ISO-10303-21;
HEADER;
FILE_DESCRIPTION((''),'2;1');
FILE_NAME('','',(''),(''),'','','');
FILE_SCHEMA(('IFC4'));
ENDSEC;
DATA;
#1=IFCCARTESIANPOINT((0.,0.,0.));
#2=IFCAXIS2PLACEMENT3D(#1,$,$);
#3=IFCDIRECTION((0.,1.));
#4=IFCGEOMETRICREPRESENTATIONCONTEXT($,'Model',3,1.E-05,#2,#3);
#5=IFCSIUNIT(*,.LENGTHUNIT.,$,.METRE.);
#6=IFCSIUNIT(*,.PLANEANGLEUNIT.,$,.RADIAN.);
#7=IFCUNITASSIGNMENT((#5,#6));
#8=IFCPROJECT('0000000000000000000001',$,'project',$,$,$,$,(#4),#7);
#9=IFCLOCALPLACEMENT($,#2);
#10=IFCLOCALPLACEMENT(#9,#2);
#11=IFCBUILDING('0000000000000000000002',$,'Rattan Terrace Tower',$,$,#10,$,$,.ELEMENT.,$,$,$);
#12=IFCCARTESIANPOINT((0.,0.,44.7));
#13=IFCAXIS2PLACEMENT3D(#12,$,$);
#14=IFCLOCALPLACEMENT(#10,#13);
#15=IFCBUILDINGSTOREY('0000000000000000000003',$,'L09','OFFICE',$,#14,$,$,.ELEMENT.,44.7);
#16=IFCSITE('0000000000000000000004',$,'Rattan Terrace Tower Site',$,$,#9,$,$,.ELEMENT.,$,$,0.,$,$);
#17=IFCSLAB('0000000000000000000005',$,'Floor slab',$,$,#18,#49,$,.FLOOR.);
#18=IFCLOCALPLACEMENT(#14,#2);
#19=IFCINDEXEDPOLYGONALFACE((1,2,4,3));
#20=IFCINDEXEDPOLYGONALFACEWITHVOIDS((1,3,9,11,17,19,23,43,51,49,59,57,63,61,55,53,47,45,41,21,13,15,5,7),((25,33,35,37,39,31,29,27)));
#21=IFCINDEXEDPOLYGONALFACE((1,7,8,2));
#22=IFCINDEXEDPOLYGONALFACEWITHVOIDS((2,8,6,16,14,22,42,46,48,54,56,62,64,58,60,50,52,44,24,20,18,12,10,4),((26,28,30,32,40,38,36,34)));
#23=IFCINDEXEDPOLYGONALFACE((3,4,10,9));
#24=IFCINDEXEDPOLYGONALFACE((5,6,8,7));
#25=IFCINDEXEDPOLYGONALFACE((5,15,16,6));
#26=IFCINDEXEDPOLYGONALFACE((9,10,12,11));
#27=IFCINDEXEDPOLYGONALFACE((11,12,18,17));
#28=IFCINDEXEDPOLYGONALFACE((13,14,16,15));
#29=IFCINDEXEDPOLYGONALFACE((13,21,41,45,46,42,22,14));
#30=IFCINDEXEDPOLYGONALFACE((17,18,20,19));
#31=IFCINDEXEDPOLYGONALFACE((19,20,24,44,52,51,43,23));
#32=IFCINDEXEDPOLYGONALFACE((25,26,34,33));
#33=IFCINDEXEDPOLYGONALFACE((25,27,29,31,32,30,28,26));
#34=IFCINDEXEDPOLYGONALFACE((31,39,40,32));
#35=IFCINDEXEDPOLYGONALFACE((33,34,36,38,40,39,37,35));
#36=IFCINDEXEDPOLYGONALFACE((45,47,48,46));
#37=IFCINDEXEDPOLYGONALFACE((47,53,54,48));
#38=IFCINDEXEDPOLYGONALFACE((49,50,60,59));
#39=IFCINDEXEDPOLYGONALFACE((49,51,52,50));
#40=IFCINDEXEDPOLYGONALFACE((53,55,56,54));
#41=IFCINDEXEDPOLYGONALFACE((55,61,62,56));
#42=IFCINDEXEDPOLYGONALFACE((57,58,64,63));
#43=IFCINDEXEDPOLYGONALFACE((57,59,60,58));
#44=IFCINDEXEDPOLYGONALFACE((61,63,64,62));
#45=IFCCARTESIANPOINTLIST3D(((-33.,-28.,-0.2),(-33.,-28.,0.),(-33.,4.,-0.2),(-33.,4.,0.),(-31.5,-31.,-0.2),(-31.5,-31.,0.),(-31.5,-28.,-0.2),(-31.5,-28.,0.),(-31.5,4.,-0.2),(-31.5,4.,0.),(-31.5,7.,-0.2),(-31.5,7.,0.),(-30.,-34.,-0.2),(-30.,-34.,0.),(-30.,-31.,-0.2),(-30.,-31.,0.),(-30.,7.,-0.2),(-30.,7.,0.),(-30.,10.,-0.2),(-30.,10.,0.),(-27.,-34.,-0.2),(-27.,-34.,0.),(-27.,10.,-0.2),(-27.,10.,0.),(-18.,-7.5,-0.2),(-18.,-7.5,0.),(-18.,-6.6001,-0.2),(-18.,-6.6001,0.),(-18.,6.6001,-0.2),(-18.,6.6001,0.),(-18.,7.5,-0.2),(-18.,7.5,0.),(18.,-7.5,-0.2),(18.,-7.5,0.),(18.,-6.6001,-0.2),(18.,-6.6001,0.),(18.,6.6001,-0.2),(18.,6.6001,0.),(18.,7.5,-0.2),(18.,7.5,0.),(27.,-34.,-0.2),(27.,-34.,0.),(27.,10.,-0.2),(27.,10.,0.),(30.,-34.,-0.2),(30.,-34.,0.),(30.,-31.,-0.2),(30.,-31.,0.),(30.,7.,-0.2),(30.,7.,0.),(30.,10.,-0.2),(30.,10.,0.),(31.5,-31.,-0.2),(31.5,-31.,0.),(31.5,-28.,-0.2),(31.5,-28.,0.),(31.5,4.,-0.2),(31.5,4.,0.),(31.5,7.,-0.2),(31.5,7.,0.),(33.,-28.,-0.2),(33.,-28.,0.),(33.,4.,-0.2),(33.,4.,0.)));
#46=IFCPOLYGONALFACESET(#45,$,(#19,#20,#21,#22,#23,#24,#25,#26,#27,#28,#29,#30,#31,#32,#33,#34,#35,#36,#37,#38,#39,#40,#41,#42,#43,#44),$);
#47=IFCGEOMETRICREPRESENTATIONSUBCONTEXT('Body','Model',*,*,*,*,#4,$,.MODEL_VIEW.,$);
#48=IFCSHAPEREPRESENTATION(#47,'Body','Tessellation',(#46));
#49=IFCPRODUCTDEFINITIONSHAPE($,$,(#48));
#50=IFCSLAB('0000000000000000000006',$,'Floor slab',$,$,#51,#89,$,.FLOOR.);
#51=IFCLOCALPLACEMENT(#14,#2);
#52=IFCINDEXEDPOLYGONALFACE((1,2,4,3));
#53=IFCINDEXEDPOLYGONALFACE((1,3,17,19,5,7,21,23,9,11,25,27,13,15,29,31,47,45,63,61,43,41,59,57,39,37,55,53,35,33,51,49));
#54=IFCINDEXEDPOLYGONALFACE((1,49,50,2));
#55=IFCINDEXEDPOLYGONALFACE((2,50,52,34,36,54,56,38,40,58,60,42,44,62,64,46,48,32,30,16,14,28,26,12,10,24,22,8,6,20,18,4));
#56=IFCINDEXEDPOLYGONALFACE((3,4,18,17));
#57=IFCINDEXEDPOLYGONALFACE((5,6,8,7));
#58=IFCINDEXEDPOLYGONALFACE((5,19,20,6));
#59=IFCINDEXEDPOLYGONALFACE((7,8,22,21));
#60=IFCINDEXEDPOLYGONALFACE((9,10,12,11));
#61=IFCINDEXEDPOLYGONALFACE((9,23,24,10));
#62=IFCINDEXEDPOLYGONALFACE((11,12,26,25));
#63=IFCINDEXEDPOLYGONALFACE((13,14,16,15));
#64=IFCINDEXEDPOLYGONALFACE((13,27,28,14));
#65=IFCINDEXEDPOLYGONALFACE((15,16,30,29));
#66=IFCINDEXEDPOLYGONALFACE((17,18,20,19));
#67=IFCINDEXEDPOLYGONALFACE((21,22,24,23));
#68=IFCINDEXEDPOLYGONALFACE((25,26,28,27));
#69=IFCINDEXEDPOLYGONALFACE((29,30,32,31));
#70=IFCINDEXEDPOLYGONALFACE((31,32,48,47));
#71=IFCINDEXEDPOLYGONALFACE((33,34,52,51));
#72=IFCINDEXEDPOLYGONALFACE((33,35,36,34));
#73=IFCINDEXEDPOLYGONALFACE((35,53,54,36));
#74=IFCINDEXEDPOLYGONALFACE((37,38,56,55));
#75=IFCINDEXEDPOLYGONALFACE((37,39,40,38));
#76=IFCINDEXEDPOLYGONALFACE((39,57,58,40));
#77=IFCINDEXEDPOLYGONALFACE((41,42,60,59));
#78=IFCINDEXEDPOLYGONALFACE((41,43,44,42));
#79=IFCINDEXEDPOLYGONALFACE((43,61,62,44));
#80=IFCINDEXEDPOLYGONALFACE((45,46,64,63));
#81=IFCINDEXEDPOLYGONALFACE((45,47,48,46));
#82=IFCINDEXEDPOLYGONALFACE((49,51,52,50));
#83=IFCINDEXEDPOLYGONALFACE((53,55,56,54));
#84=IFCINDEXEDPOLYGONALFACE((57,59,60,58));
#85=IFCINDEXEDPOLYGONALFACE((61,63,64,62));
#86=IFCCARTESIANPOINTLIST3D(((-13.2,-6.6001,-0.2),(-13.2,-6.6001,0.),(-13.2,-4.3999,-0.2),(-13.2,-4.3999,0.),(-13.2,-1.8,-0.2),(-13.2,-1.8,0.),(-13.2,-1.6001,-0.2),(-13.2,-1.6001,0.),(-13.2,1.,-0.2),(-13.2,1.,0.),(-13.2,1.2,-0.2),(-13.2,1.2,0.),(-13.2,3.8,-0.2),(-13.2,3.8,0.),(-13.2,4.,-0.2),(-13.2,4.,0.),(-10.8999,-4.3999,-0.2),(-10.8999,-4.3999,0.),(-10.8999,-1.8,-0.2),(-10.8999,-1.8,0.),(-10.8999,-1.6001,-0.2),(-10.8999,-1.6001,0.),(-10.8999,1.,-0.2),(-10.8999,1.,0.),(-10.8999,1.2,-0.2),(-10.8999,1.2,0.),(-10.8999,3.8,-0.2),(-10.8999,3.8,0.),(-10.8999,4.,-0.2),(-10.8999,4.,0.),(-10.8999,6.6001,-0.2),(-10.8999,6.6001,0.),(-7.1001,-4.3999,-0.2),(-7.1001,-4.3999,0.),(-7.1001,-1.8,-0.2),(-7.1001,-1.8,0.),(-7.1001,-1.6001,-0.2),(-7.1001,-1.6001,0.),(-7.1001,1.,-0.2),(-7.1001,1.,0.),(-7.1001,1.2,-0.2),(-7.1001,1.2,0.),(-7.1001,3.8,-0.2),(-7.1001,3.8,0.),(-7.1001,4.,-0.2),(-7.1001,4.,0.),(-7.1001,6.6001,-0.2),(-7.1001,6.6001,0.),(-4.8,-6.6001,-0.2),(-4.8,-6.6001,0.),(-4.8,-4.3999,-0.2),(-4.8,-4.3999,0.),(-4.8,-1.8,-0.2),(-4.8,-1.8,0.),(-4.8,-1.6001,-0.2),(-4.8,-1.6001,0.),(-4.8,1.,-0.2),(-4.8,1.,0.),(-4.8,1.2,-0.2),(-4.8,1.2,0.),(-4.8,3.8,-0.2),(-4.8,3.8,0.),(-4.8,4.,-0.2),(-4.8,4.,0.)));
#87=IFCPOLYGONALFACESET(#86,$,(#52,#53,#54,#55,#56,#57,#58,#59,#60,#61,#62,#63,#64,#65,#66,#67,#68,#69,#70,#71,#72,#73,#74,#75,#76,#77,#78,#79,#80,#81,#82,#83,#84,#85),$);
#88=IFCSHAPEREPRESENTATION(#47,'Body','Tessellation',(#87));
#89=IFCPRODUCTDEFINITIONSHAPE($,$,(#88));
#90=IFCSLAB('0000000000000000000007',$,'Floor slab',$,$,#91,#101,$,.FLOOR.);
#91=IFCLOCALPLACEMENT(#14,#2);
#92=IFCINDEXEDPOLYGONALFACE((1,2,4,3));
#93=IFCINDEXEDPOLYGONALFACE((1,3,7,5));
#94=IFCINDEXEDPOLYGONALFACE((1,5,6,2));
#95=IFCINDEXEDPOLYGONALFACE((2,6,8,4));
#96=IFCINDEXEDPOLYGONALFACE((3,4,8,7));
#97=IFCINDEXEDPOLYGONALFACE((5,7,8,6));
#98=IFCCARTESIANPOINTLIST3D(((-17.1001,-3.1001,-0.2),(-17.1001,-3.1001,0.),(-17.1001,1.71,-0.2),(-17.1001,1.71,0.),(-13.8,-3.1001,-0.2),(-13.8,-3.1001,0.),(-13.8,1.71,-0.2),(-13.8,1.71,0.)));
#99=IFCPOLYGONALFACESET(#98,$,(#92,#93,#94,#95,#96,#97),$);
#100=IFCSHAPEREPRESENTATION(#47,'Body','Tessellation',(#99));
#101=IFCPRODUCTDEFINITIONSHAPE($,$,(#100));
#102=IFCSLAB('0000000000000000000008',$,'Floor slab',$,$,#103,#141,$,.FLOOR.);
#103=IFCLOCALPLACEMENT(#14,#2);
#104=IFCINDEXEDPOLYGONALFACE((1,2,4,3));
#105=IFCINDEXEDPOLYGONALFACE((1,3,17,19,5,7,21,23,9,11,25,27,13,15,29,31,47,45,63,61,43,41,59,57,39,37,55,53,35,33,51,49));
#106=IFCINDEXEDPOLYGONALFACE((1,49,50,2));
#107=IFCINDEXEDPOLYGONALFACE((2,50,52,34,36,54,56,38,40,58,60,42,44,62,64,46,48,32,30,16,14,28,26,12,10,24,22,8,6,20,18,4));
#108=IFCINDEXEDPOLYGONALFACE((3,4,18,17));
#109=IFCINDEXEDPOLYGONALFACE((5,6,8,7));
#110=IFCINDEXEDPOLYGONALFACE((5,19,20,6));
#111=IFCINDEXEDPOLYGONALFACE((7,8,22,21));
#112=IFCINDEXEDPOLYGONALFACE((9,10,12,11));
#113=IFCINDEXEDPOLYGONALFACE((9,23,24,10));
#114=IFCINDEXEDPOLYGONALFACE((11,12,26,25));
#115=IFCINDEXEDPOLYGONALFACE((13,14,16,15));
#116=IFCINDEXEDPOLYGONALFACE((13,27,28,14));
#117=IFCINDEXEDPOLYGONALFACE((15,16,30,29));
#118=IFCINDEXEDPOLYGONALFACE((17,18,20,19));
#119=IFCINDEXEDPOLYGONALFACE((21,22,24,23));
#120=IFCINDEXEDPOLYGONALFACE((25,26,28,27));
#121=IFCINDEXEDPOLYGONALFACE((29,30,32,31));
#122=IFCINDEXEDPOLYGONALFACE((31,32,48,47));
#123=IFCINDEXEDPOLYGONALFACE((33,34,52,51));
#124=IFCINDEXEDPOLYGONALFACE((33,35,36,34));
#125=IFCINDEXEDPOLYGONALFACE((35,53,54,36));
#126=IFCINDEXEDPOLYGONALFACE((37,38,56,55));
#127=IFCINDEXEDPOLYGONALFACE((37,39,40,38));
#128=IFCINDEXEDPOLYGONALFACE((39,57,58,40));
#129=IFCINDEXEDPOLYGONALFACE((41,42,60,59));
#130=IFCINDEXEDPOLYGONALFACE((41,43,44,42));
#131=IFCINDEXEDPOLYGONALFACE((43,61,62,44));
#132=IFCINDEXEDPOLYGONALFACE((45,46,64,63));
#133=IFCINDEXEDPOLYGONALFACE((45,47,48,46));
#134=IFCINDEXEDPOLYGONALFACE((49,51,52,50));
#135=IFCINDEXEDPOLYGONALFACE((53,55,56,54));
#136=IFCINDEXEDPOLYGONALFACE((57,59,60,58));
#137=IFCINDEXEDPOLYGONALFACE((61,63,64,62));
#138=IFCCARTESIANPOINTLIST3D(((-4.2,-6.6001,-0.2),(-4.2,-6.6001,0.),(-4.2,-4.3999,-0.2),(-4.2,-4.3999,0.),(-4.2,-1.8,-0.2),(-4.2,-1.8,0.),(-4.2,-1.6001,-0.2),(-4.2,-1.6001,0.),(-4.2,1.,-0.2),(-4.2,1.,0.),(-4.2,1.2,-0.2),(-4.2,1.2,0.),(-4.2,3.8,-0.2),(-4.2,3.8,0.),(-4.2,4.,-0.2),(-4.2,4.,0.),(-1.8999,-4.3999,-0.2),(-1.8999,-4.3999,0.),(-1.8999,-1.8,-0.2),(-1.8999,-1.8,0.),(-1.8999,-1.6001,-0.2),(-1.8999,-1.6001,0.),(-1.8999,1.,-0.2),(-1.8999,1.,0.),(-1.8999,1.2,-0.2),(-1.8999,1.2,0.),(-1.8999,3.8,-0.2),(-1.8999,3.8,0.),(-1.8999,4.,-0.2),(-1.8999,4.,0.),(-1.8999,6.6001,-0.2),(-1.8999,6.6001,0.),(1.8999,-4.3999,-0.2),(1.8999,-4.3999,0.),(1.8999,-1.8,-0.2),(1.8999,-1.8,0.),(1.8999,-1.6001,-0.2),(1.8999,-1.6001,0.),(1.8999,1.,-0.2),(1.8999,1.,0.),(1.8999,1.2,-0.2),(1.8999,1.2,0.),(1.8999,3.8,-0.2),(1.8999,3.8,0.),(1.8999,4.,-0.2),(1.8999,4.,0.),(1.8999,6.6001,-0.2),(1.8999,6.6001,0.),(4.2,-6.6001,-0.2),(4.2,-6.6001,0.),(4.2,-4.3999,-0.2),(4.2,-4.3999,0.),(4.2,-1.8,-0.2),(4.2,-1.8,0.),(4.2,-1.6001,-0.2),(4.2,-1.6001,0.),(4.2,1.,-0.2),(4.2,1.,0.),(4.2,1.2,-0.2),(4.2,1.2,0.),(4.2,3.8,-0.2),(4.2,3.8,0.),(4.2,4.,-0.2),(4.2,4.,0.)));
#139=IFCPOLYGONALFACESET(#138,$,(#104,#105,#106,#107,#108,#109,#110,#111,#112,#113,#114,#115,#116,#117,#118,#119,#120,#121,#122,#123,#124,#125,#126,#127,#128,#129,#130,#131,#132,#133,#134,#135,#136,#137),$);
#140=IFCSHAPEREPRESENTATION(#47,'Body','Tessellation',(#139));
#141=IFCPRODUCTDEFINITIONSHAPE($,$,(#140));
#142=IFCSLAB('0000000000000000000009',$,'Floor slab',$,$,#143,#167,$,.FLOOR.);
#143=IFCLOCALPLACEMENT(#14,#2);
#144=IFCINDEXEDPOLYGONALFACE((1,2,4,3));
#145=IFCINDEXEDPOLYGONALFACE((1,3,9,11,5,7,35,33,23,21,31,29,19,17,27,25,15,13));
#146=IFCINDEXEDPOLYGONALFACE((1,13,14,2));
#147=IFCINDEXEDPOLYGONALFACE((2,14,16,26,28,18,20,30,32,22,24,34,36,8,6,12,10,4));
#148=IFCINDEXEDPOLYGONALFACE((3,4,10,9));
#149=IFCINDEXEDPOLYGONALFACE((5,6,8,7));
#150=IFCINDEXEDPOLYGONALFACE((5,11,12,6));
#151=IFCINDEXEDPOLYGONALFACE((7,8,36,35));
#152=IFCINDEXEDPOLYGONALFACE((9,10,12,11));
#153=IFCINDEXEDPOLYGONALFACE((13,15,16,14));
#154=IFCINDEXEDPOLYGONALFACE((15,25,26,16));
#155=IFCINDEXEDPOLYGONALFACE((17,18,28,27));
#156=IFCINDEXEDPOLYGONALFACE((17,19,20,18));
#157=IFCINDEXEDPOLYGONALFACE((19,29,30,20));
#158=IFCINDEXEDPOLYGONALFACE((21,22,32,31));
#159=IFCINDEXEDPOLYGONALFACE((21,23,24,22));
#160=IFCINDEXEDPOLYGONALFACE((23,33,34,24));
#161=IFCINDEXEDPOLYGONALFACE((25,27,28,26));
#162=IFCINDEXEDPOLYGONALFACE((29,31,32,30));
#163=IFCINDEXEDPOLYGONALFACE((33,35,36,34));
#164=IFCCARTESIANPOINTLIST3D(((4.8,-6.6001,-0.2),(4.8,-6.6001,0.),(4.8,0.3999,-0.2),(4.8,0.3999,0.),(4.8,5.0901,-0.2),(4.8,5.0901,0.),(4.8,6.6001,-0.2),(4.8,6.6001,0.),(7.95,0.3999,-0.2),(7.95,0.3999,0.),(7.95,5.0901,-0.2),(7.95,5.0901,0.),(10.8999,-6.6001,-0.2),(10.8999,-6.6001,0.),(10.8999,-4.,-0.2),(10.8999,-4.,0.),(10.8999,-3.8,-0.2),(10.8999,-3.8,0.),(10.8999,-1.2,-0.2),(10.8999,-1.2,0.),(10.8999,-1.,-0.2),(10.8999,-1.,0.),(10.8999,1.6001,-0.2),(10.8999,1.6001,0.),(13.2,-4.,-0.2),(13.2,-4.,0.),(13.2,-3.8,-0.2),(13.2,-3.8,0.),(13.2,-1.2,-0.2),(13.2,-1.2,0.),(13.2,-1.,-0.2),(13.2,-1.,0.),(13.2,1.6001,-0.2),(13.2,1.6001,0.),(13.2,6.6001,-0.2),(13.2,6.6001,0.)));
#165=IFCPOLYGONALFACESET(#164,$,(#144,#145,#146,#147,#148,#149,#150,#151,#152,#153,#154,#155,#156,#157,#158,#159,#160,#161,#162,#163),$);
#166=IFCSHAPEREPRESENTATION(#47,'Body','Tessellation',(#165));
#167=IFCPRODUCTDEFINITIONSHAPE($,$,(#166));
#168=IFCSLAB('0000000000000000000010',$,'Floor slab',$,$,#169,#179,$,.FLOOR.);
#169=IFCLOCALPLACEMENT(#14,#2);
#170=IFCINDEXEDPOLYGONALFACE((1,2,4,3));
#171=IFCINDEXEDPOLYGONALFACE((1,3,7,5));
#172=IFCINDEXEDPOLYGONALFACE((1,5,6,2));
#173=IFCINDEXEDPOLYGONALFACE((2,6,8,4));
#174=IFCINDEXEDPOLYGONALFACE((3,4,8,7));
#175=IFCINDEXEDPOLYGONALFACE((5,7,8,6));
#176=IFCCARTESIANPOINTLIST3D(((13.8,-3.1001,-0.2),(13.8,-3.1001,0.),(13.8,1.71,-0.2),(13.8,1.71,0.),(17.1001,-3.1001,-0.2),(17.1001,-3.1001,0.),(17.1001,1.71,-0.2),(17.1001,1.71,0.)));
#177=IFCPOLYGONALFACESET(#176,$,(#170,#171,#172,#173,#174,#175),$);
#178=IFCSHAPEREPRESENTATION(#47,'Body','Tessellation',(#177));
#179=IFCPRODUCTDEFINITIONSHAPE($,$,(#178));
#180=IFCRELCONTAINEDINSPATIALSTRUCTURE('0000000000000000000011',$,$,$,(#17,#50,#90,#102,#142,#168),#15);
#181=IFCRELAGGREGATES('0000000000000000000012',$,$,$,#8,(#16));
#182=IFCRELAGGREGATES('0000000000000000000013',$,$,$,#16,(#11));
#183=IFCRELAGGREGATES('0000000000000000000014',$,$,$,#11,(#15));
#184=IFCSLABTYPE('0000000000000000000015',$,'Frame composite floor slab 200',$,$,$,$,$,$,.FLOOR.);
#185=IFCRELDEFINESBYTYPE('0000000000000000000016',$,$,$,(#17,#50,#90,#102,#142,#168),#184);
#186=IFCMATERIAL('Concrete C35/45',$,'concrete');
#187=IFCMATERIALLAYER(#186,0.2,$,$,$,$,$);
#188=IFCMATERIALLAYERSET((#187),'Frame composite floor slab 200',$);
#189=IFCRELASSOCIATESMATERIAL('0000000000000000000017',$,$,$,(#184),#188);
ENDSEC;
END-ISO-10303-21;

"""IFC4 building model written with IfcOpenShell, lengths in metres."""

from ifc_helpers import new_model, si_unit, direction, frame, origin, place, context, subcontext, project, spatial, polyline, outline, extrude, material, layer, layer_set, type_object, element, save


model = new_model("IFC4")

# Units and contexts
model_context = context("Model", 3, precision=1e-05, world=origin(), true_north=direction((0.0, 1.0)))
body_context = subcontext(model_context, "Body", "Model", "MODEL_VIEW")
ifc_project = project(units=[si_unit("LENGTHUNIT", "METRE"), si_unit("PLANEANGLEUNIT", "RADIAN")], contexts=[model_context])

# Site, building, storey
site_placement = place(None, origin())
site = spatial("IfcSite", under=ifc_project, at=site_placement, Name="Rattan Terrace Tower Site", CompositionType="ELEMENT", RefElevation=0.0)
building_placement = place(site_placement, origin())
building = spatial("IfcBuilding", under=site, at=building_placement, Name="Rattan Terrace Tower", CompositionType="ELEMENT")
storey_placement = place(building_placement, frame((0.0, 0.0, 44.7)))
storey = spatial("IfcBuildingStorey", under=building, at=storey_placement, Name="L09", Description="OFFICE", CompositionType="ELEMENT", Elevation=44.7)

# Slabs
ifc_material_1 = material(Name="Concrete C35/45", Category="concrete")
ifc_layer_1 = layer(ifc_material_1, 0.2)
ifc_layer_set_1 = layer_set([ifc_layer_1], Name="Frame composite floor slab 200")
slab_type = type_object("IfcSlabType", Name="Frame composite floor slab 200", PredefinedType="FLOOR", material=ifc_layer_set_1)
slab_1_placement = place(storey_placement, frame((0.0, 0.0, -0.2)))
element("IfcSlab", 1, at=slab_1_placement, inside=storey, type_object=slab_type, Name="Floor slab", PredefinedType="FLOOR", context=body_context, shape_type="SweptSolid", body=[
    extrude(outline(polyline([(-27.0, -34.0), (27.0, -34.0), (30.0, -34.0), (30.0, -31.0), (31.5, -31.0), (31.5, -28.0), (33.0, -28.0), (33.0, 4.0), (31.5, 4.0), (31.5, 7.0), (30.0, 7.0), (30.0, 10.0), (27.0, 10.0), (-27.0, 10.0), (-30.0, 10.0), (-30.0, 7.0), (-31.5, 7.0), (-31.5, 4.0), (-33.0, 4.0), (-33.0, -28.0), (-31.5, -28.0), (-31.5, -31.0), (-30.0, -31.0), (-30.0, -34.0), (-27.0, -34.0)]), holes=[polyline([(-18.0, -6.6001), (-18.0, -7.5), (18.0, -7.5), (18.0, -6.6001), (18.0, 6.6001), (18.0, 7.5), (-18.0, 7.5), (-18.0, 6.6001), (-18.0, -6.6001)])]), origin(), (0.0, 0.0, 1.0), 0.2),
])
slab_2_placement = place(storey_placement, frame((0.0, 0.0, -0.2)))
element("IfcSlab", 2, at=slab_2_placement, inside=storey, type_object=slab_type, Name="Floor slab", PredefinedType="FLOOR", context=body_context, shape_type="SweptSolid", body=[
    extrude(outline(polyline([(-10.8999, 6.6001), (-10.8999, 4.0), (-13.2, 4.0), (-13.2, 3.8), (-10.8999, 3.8), (-10.8999, 1.2), (-13.2, 1.2), (-13.2, 1.0), (-10.8999, 1.0), (-10.8999, -1.6001), (-13.2, -1.6001), (-13.2, -1.8), (-10.8999, -1.8), (-10.8999, -4.3999), (-13.2, -4.3999), (-13.2, -6.6001), (-4.8, -6.6001), (-4.8, -4.3999), (-7.1001, -4.3999), (-7.1001, -1.8), (-4.8, -1.8), (-4.8, -1.6001), (-7.1001, -1.6001), (-7.1001, 1.0), (-4.8, 1.0), (-4.8, 1.2), (-7.1001, 1.2), (-7.1001, 3.8), (-4.8, 3.8), (-4.8, 4.0), (-7.1001, 4.0), (-7.1001, 6.6001), (-10.8999, 6.6001)])), origin(), (0.0, 0.0, 1.0), 0.2),
])
slab_3_placement = place(storey_placement, frame((0.0, 0.0, -0.2)))
element("IfcSlab", 3, at=slab_3_placement, inside=storey, type_object=slab_type, Name="Floor slab", PredefinedType="FLOOR", context=body_context, shape_type="SweptSolid", body=[
    extrude(outline(polyline([(-17.1001, -3.1001), (-13.8, -3.1001), (-13.8, 1.71), (-17.1001, 1.71), (-17.1001, -3.1001)])), origin(), (0.0, 0.0, 1.0), 0.2),
])
slab_4_placement = place(storey_placement, frame((0.0, 0.0, -0.2)))
element("IfcSlab", 4, at=slab_4_placement, inside=storey, type_object=slab_type, Name="Floor slab", PredefinedType="FLOOR", context=body_context, shape_type="SweptSolid", body=[
    extrude(outline(polyline([(-4.2, 4.0), (-4.2, 3.8), (-1.8999, 3.8), (-1.8999, 1.2), (-4.2, 1.2), (-4.2, 1.0), (-1.8999, 1.0), (-1.8999, -1.6001), (-4.2, -1.6001), (-4.2, -1.8), (-1.8999, -1.8), (-1.8999, -4.3999), (-4.2, -4.3999), (-4.2, -6.6001), (4.2, -6.6001), (4.2, -4.3999), (1.8999, -4.3999), (1.8999, -1.8), (4.2, -1.8), (4.2, -1.6001), (1.8999, -1.6001), (1.8999, 1.0), (4.2, 1.0), (4.2, 1.2), (1.8999, 1.2), (1.8999, 3.8), (4.2, 3.8), (4.2, 4.0), (1.8999, 4.0), (1.8999, 6.6001), (-1.8999, 6.6001), (-1.8999, 4.0), (-4.2, 4.0)])), origin(), (0.0, 0.0, 1.0), 0.2),
])
slab_5_placement = place(storey_placement, frame((0.0, 0.0, -0.2)))
element("IfcSlab", 5, at=slab_5_placement, inside=storey, type_object=slab_type, Name="Floor slab", PredefinedType="FLOOR", context=body_context, shape_type="SweptSolid", body=[
    extrude(outline(polyline([(4.8, 5.0901), (7.95, 5.0901), (7.95, 0.3999), (4.8, 0.3999), (4.8, -6.6001), (10.8999, -6.6001), (10.8999, -4.0), (13.2, -4.0), (13.2, -3.8), (10.8999, -3.8), (10.8999, -1.2), (13.2, -1.2), (13.2, -1.0), (10.8999, -1.0), (10.8999, 1.6001), (13.2, 1.6001), (13.2, 6.6001), (4.8, 6.6001), (4.8, 5.0901)])), origin(), (0.0, 0.0, 1.0), 0.2),
])
slab_6_placement = place(storey_placement, frame((0.0, 0.0, -0.2)))
element("IfcSlab", 6, at=slab_6_placement, inside=storey, type_object=slab_type, Name="Floor slab", PredefinedType="FLOOR", context=body_context, shape_type="SweptSolid", body=[
    extrude(outline(polyline([(13.8, -3.1001), (17.1001, -3.1001), (17.1001, 1.71), (13.8, 1.71), (13.8, -3.1001)])), origin(), (0.0, 0.0, 1.0), 0.2),
])

save(model, "model.ifc")
